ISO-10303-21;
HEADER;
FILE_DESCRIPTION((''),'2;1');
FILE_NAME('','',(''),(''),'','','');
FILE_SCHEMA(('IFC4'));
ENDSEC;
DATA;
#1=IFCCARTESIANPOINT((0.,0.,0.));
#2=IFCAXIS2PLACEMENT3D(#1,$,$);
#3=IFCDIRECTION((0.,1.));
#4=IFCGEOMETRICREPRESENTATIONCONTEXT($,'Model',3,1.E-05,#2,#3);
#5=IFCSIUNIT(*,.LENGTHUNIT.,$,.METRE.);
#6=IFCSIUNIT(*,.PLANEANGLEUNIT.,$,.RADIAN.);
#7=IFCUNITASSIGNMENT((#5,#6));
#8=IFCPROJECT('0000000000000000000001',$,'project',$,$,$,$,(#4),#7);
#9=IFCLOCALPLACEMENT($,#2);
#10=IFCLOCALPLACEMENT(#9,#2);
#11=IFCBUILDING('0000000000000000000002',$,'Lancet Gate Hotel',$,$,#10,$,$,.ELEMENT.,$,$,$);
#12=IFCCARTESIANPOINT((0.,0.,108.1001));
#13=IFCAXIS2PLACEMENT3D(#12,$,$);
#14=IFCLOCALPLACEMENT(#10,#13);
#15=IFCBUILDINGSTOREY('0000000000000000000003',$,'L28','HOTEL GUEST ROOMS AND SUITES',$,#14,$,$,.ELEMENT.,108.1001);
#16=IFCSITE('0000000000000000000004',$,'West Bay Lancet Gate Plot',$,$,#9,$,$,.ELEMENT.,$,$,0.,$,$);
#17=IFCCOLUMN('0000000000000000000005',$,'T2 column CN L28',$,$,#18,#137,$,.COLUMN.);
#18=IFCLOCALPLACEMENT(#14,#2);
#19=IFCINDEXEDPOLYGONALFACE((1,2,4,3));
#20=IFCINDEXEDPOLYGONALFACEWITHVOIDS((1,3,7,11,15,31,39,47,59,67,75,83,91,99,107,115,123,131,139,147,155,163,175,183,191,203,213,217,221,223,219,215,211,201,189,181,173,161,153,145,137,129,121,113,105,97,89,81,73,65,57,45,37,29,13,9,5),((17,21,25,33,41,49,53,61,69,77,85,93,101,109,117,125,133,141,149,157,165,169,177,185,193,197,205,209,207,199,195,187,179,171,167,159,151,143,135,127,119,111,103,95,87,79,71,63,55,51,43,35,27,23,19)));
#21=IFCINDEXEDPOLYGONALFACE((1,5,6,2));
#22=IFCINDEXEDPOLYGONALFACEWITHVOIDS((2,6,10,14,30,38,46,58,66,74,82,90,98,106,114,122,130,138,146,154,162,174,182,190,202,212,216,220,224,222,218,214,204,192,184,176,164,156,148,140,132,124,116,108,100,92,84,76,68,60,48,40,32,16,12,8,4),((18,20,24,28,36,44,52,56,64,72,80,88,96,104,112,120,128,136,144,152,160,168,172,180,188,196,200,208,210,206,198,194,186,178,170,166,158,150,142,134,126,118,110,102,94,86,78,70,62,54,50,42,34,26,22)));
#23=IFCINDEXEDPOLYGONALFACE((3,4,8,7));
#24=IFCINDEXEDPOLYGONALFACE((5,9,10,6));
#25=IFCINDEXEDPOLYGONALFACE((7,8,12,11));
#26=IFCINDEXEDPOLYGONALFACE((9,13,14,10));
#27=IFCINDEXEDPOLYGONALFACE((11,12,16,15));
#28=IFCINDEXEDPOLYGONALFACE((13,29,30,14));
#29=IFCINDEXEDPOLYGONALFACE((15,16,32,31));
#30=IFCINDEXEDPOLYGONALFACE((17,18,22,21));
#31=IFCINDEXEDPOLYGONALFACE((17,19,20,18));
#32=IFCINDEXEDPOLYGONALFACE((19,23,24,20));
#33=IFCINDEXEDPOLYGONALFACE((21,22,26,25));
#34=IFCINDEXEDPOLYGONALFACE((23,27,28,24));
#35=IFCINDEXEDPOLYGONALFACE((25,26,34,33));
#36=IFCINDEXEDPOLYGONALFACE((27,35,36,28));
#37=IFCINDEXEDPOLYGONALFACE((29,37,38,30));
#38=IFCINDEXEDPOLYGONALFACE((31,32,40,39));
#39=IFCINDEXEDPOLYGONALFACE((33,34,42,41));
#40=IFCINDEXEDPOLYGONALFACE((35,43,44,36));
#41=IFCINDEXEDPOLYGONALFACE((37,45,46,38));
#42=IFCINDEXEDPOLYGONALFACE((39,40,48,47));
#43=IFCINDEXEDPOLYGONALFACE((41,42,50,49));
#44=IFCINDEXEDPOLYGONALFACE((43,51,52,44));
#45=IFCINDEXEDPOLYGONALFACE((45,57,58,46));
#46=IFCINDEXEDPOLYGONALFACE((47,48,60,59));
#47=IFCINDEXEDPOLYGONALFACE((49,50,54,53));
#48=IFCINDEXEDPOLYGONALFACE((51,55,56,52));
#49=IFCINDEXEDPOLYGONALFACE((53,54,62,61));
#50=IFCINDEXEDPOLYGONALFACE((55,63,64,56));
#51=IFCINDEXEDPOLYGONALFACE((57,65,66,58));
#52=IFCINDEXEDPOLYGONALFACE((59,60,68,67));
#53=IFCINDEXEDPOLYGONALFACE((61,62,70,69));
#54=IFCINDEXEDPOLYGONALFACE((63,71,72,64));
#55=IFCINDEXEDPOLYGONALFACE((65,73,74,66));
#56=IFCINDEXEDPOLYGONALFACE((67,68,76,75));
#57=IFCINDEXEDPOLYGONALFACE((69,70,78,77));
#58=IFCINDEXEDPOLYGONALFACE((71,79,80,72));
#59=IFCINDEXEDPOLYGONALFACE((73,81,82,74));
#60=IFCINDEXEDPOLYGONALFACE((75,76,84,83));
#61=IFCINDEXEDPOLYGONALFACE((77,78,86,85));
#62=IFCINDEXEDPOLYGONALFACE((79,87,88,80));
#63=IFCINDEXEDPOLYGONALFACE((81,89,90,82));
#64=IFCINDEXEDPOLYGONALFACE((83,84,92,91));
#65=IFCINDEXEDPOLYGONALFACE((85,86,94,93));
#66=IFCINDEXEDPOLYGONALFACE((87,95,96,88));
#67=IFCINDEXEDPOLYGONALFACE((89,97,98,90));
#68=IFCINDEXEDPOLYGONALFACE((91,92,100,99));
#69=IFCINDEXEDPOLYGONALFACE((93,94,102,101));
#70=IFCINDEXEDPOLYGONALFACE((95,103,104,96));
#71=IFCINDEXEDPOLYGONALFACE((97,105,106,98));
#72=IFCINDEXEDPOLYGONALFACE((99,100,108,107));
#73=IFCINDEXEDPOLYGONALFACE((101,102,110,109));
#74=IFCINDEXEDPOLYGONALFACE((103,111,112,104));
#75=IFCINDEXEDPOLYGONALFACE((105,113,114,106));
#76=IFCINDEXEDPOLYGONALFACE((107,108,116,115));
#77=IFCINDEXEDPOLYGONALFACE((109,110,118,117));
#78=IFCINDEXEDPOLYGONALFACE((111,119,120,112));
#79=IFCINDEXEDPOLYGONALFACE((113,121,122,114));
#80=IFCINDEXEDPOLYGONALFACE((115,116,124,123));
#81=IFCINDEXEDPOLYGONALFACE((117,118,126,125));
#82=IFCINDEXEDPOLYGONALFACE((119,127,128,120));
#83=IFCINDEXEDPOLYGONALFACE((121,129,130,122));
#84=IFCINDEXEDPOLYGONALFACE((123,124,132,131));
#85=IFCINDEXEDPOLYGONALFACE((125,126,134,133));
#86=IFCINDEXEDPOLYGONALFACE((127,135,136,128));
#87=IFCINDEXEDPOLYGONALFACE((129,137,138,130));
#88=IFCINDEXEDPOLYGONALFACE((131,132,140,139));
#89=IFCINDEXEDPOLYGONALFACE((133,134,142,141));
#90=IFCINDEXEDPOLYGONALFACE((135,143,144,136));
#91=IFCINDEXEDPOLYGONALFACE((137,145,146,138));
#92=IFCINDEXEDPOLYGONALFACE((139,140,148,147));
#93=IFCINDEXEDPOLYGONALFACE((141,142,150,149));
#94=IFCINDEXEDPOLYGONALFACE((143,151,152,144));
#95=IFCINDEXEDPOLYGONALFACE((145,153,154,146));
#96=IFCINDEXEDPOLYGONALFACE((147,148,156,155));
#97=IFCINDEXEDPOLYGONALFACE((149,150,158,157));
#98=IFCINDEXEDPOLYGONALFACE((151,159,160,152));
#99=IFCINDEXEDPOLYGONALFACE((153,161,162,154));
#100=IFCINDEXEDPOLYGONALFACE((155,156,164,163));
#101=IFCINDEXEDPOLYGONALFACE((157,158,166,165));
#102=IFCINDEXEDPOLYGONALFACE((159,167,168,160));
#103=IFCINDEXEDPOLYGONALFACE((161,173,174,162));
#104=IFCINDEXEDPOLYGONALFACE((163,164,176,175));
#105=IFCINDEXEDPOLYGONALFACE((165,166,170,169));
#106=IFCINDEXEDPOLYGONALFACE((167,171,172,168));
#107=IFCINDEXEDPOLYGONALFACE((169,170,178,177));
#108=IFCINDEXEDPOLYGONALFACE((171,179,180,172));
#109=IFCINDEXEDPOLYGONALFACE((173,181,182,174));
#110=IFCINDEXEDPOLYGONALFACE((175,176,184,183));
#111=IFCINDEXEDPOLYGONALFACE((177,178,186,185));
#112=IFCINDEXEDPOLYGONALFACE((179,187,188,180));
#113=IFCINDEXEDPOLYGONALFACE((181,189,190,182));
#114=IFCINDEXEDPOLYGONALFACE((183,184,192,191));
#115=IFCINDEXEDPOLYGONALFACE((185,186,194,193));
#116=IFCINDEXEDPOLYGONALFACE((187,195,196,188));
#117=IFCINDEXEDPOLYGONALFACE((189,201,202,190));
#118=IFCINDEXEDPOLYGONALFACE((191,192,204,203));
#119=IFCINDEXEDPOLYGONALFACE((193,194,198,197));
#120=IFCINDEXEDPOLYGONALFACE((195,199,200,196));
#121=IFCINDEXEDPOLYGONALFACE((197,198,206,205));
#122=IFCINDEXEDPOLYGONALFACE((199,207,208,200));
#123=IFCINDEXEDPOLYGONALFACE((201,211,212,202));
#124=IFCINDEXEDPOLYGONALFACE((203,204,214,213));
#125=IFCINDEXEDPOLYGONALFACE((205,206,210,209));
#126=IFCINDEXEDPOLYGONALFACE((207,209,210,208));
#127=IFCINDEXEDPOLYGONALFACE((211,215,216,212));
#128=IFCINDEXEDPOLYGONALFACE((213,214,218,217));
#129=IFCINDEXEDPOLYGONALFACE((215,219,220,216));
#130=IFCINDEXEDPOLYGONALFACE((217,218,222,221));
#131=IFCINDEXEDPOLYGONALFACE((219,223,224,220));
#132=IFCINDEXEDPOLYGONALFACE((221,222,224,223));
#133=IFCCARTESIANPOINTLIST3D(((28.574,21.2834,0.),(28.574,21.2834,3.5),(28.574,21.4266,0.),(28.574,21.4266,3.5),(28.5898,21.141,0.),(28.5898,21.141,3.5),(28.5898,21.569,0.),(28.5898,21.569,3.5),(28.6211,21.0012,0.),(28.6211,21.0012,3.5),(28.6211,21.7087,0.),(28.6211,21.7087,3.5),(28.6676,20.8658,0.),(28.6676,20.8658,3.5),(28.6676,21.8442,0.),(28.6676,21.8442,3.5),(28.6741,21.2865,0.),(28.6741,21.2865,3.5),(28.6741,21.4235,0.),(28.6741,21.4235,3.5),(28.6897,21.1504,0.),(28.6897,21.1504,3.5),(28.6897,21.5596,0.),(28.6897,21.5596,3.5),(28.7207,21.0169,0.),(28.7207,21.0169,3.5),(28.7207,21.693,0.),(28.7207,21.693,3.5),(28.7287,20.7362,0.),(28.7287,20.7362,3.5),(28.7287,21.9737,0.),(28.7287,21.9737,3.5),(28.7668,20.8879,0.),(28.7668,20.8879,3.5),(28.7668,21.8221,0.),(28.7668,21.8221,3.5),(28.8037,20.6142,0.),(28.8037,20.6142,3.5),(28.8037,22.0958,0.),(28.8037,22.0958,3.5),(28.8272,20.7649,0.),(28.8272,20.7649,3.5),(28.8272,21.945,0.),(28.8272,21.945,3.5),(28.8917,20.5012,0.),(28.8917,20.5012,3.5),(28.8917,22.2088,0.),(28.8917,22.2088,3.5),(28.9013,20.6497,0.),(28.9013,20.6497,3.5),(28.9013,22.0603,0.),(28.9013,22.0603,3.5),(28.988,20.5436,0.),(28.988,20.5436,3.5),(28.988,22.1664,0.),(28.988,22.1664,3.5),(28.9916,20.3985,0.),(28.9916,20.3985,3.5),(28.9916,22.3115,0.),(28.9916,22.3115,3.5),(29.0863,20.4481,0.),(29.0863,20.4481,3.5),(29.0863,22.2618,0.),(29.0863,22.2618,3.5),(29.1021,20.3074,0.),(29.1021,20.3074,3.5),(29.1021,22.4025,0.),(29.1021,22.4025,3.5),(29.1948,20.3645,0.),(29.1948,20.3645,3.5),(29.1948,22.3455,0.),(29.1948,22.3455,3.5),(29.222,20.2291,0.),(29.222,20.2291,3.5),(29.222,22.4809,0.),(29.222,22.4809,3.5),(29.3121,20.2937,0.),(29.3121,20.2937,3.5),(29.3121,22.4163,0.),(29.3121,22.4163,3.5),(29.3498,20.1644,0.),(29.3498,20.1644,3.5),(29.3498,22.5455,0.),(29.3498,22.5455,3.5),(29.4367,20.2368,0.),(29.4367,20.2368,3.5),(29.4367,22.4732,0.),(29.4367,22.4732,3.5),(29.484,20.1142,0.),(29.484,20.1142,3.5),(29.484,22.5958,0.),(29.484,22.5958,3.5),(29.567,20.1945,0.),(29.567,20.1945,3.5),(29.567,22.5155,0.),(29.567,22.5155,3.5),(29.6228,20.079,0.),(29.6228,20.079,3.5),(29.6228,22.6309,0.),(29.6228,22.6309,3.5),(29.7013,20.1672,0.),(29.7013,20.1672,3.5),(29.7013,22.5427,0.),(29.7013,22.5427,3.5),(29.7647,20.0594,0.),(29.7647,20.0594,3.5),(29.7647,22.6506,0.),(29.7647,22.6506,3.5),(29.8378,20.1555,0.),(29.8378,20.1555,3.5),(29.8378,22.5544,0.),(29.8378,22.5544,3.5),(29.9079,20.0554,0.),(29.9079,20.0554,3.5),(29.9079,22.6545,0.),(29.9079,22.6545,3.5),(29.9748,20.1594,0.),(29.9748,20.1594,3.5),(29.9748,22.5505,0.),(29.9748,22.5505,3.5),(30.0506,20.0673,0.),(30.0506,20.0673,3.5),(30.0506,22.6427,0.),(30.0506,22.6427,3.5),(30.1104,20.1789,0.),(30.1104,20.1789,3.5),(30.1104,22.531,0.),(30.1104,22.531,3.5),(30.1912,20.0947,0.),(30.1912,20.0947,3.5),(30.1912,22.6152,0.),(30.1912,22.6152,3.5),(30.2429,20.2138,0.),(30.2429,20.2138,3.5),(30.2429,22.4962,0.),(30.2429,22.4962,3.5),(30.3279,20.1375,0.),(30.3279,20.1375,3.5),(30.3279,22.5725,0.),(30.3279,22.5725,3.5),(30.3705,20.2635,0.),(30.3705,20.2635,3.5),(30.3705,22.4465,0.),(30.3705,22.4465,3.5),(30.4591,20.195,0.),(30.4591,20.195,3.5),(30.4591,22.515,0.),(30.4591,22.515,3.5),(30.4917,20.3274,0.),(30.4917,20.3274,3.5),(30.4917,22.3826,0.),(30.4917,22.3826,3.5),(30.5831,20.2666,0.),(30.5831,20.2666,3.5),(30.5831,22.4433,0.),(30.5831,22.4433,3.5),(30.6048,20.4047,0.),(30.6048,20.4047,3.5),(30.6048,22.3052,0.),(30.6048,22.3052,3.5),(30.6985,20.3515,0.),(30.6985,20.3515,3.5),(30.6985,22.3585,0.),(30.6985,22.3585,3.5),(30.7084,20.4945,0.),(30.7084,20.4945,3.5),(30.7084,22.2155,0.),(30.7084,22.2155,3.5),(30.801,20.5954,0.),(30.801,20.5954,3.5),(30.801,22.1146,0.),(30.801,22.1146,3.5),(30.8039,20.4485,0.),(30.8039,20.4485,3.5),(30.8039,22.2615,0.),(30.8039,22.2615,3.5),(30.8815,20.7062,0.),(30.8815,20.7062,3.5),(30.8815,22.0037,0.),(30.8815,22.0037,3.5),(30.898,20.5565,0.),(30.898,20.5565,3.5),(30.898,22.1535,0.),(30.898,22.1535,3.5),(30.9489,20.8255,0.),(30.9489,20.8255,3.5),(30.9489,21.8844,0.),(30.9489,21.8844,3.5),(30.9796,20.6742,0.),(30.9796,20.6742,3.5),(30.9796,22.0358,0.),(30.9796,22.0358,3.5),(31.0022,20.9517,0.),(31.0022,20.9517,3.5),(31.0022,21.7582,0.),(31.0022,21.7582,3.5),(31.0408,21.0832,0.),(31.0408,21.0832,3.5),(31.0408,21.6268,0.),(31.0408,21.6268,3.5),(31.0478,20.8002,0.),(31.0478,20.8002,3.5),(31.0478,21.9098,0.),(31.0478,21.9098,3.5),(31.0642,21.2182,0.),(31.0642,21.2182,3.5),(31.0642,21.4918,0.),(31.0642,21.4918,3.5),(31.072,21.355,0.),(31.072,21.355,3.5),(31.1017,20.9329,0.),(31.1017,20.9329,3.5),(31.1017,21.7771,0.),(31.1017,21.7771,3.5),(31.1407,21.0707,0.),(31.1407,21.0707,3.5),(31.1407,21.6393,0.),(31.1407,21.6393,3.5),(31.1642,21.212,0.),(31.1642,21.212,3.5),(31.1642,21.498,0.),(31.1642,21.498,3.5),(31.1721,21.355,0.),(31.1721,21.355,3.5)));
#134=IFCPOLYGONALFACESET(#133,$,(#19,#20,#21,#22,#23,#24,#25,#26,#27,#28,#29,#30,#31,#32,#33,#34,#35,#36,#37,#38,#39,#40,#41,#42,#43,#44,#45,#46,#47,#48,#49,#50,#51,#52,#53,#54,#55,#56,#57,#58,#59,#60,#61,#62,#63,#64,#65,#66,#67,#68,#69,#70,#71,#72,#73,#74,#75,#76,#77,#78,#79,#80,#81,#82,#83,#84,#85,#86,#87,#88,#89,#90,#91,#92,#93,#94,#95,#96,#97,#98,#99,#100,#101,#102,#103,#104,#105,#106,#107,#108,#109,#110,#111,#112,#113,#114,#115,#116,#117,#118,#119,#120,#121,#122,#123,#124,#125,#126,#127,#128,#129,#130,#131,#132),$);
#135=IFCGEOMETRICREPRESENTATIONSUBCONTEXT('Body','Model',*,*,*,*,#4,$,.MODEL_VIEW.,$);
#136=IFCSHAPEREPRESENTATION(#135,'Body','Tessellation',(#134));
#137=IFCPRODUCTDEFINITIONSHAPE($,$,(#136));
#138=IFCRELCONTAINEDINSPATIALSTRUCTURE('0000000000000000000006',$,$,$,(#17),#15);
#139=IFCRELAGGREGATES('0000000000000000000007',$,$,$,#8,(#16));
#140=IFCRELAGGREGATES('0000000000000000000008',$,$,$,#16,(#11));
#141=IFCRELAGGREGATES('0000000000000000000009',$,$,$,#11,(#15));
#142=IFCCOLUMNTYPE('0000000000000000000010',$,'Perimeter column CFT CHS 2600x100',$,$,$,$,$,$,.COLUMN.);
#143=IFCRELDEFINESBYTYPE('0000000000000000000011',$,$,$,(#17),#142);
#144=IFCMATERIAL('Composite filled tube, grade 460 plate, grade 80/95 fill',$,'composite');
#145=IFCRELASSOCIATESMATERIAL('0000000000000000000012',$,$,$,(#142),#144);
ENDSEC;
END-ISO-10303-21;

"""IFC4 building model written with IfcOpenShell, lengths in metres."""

from ifc_helpers import new_model, si_unit, direction, frame, origin, origin_2d, place, context, subcontext, project, spatial, hollow_circle, extrude, material, material_profile, profile_set, type_object, element, save


model = new_model("IFC4")

# Units and contexts
model_context = context("Model", 3, precision=1e-05, world=origin(), true_north=direction((0.0, 1.0)))
body_context = subcontext(model_context, "Body", "Model", "MODEL_VIEW")
ifc_project = project(units=[si_unit("LENGTHUNIT", "METRE"), si_unit("PLANEANGLEUNIT", "RADIAN")], contexts=[model_context])

# Site, building, storey
site_placement = place(None, origin())
site = spatial("IfcSite", under=ifc_project, at=site_placement, Name="West Bay Lancet Gate Plot", CompositionType="ELEMENT", RefElevation=0.0)
building_placement = place(site_placement, origin())
building = spatial("IfcBuilding", under=site, at=building_placement, Name="Lancet Gate Hotel", CompositionType="ELEMENT")
storey_placement = place(building_placement, frame((0.0, 0.0, 108.1001)))
storey = spatial("IfcBuildingStorey", under=building, at=storey_placement, Name="L28", Description="HOTEL GUEST ROOMS AND SUITES", CompositionType="ELEMENT", Elevation=108.1001)

# Column
ifc_material_1 = material(Name="Composite filled tube, grade 460 plate, grade 80/95 fill", Category="composite")
ifc_material_profile_1 = material_profile(ifc_material_1, hollow_circle(Radius=1.3, WallThickness=0.1001, at=origin_2d()), Name="CHS 2600x100")
ifc_profile_set_1 = profile_set([ifc_material_profile_1], Name="Composite filled tube, grade 460 plate, grade 80/95 fill")
column_type = type_object("IfcColumnType", Name="Perimeter column CFT CHS 2600x100", PredefinedType="COLUMN", material=ifc_profile_set_1)
for number, where, z_axis, x_axis, name in (
    (1, (29.8721, 21.355, 0.0), (0.0, 0.0, 1.0), (1.0, 0.0, 0.0), "T2 column CN L28"),
):
    element("IfcColumn", number, at=place(storey_placement, frame(where, z_axis=z_axis, x_axis=x_axis)), inside=storey, type_object=column_type, Name=name, PredefinedType="COLUMN", context=body_context, shape_type="SweptSolid", body=[
        extrude(hollow_circle(Radius=1.3, WallThickness=0.1001, at=origin_2d()), origin(), (0.0, 0.0, 1.0), 3.5),
    ])

save(model, "model.ifc")
